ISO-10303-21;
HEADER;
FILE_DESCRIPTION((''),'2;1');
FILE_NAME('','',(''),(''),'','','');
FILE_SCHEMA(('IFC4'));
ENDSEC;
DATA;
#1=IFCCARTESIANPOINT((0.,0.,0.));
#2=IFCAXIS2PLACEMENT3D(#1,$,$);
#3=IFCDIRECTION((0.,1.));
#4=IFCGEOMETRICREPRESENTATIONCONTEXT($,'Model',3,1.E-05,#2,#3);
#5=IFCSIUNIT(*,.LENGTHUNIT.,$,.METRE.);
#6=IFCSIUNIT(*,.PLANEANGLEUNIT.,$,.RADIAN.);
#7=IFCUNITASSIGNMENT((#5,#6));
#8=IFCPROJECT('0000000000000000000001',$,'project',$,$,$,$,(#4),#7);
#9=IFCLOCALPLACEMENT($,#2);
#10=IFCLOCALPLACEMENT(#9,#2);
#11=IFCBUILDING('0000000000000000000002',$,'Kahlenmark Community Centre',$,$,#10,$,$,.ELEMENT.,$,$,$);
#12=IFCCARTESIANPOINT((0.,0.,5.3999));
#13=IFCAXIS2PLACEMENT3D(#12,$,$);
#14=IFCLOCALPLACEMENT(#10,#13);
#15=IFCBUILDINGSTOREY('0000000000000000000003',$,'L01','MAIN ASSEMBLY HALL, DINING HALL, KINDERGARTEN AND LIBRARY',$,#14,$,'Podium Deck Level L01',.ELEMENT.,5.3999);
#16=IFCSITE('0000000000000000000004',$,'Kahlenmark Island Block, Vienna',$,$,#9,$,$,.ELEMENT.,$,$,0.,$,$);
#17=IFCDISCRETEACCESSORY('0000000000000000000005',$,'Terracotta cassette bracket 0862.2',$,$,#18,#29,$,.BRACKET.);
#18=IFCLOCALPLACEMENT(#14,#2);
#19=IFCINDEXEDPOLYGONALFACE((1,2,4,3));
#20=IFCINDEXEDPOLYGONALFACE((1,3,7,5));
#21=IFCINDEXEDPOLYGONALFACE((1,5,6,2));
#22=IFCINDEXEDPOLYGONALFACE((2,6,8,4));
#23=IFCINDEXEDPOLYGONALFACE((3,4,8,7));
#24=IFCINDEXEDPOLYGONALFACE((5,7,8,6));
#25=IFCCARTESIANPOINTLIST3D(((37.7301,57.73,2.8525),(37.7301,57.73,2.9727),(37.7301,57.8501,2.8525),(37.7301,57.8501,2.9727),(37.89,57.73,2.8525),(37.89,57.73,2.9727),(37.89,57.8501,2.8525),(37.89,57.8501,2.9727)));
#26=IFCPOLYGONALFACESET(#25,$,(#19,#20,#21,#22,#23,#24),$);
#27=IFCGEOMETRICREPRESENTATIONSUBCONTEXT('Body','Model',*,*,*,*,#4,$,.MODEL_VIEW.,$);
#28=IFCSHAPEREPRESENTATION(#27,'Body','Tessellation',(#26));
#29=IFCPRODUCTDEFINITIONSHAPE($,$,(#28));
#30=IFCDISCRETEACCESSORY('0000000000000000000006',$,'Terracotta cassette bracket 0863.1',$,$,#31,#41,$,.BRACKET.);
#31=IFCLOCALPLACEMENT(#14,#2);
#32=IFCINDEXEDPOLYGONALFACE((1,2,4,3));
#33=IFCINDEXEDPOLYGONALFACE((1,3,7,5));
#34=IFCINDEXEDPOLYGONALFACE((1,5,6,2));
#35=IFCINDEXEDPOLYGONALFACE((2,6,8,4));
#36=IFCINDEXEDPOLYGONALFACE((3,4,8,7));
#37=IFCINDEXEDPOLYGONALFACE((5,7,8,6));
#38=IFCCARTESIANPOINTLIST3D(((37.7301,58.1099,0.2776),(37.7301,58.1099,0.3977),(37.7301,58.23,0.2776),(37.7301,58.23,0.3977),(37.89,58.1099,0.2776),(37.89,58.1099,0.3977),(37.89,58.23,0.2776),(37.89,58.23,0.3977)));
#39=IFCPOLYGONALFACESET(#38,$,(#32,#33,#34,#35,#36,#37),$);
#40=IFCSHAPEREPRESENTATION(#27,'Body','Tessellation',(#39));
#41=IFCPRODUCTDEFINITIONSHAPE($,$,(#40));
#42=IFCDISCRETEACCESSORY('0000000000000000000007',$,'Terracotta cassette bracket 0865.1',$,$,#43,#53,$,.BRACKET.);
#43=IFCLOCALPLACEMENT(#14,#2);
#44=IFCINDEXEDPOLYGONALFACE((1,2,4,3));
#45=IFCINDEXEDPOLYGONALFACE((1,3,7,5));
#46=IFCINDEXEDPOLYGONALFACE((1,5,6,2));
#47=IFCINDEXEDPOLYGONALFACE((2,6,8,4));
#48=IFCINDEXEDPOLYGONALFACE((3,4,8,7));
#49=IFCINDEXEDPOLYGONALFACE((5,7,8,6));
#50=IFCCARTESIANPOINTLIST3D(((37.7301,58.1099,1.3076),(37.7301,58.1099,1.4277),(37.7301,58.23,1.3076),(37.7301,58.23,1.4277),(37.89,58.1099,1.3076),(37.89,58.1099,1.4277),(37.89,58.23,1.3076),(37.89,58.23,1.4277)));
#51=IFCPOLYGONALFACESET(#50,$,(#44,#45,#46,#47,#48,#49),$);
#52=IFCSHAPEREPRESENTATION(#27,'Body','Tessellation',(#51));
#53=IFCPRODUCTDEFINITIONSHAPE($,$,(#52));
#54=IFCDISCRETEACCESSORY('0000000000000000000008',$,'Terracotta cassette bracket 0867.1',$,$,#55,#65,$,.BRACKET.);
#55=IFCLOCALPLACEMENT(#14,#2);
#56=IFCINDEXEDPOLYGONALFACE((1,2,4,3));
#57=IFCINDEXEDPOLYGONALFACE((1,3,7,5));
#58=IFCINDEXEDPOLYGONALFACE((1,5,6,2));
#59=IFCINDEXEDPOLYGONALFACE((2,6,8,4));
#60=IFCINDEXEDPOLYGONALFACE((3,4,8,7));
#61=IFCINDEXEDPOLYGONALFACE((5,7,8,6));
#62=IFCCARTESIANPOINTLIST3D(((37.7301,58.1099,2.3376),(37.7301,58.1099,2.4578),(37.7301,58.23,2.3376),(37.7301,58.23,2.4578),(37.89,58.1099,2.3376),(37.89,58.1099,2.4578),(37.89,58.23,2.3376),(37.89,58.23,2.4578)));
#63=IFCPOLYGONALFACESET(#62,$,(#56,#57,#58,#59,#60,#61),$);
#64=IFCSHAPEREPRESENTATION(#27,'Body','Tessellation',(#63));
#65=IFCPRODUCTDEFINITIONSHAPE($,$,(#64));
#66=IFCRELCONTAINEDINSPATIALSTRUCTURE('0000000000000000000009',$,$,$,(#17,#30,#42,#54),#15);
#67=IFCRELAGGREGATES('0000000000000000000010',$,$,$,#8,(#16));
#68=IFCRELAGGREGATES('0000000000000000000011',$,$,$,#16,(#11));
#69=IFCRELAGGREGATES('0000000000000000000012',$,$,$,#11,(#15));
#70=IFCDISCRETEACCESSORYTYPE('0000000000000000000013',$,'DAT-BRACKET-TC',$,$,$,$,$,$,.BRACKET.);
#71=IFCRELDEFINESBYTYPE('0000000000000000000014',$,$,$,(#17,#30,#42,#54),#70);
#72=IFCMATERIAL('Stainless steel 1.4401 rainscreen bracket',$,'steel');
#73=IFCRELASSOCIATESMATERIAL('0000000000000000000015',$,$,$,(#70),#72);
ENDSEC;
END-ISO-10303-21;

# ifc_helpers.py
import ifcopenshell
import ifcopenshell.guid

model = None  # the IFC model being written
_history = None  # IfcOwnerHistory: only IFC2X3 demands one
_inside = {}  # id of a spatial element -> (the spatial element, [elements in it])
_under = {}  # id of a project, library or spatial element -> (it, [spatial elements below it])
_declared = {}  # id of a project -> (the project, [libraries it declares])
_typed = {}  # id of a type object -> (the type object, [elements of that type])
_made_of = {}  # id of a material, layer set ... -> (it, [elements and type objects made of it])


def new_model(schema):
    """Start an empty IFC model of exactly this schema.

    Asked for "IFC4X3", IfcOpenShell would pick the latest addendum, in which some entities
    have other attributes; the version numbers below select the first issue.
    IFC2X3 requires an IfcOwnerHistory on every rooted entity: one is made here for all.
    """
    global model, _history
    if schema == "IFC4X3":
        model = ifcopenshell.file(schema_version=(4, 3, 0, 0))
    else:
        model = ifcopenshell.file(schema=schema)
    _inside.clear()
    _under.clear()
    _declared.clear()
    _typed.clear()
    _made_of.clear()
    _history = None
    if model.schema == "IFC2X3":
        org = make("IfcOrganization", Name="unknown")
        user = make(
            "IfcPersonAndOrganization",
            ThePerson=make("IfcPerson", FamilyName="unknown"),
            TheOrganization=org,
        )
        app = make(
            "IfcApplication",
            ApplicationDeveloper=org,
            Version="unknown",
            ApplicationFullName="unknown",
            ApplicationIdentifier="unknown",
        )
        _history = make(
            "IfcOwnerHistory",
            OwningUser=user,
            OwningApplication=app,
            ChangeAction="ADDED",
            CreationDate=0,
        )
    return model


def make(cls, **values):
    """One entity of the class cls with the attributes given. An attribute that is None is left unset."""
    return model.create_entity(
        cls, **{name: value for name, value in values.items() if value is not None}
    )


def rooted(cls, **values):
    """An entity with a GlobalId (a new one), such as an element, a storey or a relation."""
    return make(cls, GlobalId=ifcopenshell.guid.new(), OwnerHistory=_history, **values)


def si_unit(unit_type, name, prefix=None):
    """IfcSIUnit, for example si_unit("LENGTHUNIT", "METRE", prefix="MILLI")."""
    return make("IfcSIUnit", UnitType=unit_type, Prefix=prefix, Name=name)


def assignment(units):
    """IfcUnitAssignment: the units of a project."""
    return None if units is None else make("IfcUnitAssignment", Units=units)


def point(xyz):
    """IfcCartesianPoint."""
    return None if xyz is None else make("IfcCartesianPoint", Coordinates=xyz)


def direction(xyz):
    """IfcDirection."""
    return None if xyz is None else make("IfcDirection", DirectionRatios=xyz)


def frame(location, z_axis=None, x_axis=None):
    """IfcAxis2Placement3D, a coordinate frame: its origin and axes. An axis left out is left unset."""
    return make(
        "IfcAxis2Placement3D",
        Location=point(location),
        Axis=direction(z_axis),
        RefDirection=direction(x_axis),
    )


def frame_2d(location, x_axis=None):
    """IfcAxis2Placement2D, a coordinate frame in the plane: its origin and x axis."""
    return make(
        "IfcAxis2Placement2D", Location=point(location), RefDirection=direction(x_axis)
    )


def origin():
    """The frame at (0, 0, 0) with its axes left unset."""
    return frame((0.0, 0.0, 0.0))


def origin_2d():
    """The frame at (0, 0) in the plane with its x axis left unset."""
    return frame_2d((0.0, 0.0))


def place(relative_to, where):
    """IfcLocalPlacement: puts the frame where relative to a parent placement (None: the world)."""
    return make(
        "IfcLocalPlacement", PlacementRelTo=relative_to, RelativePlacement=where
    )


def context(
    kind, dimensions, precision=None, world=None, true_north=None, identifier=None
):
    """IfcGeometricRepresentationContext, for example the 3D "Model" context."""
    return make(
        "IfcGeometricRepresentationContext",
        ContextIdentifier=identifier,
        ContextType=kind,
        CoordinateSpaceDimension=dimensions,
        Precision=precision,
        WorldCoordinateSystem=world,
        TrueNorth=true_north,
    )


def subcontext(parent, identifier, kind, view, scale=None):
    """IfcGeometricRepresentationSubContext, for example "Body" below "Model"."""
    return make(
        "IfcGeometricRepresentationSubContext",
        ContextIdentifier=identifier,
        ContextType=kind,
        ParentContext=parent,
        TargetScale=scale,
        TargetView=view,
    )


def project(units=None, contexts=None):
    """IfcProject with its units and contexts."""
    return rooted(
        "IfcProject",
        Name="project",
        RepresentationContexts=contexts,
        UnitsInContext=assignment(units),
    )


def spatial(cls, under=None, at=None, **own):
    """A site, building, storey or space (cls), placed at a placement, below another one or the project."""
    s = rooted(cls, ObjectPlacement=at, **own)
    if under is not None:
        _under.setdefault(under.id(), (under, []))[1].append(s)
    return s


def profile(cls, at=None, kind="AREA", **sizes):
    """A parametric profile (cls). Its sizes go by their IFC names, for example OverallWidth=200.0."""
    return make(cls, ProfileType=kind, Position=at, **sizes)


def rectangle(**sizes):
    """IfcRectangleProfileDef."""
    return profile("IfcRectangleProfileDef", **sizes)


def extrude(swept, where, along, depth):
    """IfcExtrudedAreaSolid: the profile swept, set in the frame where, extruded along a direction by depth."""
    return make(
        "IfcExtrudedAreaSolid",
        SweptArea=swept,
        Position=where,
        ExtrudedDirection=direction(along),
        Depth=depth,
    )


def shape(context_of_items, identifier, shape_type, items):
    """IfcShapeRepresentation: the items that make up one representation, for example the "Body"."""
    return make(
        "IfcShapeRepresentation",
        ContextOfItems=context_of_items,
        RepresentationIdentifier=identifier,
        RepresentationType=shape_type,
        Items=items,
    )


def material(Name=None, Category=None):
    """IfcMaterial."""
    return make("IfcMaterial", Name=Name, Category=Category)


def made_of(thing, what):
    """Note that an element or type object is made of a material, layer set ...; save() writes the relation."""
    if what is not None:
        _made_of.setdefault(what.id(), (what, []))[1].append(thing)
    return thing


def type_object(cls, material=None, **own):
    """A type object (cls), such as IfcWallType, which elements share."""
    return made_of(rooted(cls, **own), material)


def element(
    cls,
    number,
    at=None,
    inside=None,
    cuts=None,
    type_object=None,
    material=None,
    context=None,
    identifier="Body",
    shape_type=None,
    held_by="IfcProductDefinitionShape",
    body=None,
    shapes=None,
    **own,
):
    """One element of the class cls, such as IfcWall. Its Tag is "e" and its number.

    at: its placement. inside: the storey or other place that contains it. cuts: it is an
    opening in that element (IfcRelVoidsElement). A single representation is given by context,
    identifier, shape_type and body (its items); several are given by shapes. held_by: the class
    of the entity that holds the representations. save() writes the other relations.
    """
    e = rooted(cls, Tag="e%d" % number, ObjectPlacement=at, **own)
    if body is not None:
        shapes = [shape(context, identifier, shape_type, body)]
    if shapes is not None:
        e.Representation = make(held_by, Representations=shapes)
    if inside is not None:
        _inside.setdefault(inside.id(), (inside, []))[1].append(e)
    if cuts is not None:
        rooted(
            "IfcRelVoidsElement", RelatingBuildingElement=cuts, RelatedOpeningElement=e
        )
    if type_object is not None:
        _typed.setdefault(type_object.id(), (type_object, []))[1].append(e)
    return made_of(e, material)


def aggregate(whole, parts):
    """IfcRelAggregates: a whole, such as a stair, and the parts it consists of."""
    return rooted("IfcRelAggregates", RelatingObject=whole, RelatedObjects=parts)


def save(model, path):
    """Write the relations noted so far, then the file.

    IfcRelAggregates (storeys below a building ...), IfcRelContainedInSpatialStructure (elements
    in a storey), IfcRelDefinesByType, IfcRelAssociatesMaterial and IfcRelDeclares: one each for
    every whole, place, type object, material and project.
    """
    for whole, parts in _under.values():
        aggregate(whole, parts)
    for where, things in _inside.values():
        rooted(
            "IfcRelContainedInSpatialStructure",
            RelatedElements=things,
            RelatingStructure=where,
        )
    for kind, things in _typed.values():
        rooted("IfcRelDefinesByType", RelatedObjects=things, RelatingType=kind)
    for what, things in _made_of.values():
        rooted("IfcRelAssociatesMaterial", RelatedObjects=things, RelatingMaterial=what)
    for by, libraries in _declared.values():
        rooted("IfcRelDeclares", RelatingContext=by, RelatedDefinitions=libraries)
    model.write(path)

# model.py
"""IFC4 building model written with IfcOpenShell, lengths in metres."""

from ifc_helpers import new_model, si_unit, direction, frame, origin, origin_2d, place, context, subcontext, project, spatial, rectangle, extrude, material, type_object, element, save


model = new_model("IFC4")

# Units and contexts
model_context = context("Model", 3, precision=1e-05, world=origin(), true_north=direction((0.0, 1.0)))
body_context = subcontext(model_context, "Body", "Model", "MODEL_VIEW")
ifc_project = project(units=[si_unit("LENGTHUNIT", "METRE"), si_unit("PLANEANGLEUNIT", "RADIAN")], contexts=[model_context])

# Site, building, storey
site_placement = place(None, origin())
site = spatial("IfcSite", under=ifc_project, at=site_placement, Name="Kahlenmark Island Block, Vienna", CompositionType="ELEMENT", RefElevation=0.0)
building_placement = place(site_placement, origin())
building = spatial("IfcBuilding", under=site, at=building_placement, Name="Kahlenmark Community Centre", CompositionType="ELEMENT")
storey_placement = place(building_placement, frame((0.0, 0.0, 5.3999)))
storey = spatial("IfcBuildingStorey", under=building, at=storey_placement, Name="L01", Description="MAIN ASSEMBLY HALL, DINING HALL, KINDERGARTEN AND LIBRARY", LongName="Podium Deck Level L01", CompositionType="ELEMENT", Elevation=5.3999)

# Discrete accessories
ifc_material_1 = material(Name="Stainless steel 1.4401 rainscreen bracket", Category="steel")
discrete_accessory_type = type_object("IfcDiscreteAccessoryType", Name="DAT-BRACKET-TC", PredefinedType="BRACKET", material=ifc_material_1)
for number, where, z_axis, x_axis, name in (
    (1, (37.8101, 57.79, 2.8525), (0.0, 0.0, 1.0), (0.0, 1.0, 0.0), "Terracotta cassette bracket 0862.2"),
    (2, (37.8101, 58.1699, 0.2776), (0.0, 0.0, 1.0), (0.0, 1.0, 0.0), "Terracotta cassette bracket 0863.1"),
    (3, (37.8101, 58.1699, 1.3076), (0.0, 0.0, 1.0), (0.0, 1.0, 0.0), "Terracotta cassette bracket 0865.1"),
    (4, (37.8101, 58.1699, 2.3376), (0.0, 0.0, 1.0), (0.0, 1.0, 0.0), "Terracotta cassette bracket 0867.1"),
):
    element("IfcDiscreteAccessory", number, at=place(storey_placement, frame(where, z_axis=z_axis, x_axis=x_axis)), inside=storey, type_object=discrete_accessory_type, Name=name, PredefinedType="BRACKET", context=body_context, shape_type="SweptSolid", body=[
        extrude(rectangle(XDim=0.1201, YDim=0.1599, at=origin_2d()), origin(), (0.0, 0.0, 1.0), 0.1201),
    ])

save(model, "model.ifc")
